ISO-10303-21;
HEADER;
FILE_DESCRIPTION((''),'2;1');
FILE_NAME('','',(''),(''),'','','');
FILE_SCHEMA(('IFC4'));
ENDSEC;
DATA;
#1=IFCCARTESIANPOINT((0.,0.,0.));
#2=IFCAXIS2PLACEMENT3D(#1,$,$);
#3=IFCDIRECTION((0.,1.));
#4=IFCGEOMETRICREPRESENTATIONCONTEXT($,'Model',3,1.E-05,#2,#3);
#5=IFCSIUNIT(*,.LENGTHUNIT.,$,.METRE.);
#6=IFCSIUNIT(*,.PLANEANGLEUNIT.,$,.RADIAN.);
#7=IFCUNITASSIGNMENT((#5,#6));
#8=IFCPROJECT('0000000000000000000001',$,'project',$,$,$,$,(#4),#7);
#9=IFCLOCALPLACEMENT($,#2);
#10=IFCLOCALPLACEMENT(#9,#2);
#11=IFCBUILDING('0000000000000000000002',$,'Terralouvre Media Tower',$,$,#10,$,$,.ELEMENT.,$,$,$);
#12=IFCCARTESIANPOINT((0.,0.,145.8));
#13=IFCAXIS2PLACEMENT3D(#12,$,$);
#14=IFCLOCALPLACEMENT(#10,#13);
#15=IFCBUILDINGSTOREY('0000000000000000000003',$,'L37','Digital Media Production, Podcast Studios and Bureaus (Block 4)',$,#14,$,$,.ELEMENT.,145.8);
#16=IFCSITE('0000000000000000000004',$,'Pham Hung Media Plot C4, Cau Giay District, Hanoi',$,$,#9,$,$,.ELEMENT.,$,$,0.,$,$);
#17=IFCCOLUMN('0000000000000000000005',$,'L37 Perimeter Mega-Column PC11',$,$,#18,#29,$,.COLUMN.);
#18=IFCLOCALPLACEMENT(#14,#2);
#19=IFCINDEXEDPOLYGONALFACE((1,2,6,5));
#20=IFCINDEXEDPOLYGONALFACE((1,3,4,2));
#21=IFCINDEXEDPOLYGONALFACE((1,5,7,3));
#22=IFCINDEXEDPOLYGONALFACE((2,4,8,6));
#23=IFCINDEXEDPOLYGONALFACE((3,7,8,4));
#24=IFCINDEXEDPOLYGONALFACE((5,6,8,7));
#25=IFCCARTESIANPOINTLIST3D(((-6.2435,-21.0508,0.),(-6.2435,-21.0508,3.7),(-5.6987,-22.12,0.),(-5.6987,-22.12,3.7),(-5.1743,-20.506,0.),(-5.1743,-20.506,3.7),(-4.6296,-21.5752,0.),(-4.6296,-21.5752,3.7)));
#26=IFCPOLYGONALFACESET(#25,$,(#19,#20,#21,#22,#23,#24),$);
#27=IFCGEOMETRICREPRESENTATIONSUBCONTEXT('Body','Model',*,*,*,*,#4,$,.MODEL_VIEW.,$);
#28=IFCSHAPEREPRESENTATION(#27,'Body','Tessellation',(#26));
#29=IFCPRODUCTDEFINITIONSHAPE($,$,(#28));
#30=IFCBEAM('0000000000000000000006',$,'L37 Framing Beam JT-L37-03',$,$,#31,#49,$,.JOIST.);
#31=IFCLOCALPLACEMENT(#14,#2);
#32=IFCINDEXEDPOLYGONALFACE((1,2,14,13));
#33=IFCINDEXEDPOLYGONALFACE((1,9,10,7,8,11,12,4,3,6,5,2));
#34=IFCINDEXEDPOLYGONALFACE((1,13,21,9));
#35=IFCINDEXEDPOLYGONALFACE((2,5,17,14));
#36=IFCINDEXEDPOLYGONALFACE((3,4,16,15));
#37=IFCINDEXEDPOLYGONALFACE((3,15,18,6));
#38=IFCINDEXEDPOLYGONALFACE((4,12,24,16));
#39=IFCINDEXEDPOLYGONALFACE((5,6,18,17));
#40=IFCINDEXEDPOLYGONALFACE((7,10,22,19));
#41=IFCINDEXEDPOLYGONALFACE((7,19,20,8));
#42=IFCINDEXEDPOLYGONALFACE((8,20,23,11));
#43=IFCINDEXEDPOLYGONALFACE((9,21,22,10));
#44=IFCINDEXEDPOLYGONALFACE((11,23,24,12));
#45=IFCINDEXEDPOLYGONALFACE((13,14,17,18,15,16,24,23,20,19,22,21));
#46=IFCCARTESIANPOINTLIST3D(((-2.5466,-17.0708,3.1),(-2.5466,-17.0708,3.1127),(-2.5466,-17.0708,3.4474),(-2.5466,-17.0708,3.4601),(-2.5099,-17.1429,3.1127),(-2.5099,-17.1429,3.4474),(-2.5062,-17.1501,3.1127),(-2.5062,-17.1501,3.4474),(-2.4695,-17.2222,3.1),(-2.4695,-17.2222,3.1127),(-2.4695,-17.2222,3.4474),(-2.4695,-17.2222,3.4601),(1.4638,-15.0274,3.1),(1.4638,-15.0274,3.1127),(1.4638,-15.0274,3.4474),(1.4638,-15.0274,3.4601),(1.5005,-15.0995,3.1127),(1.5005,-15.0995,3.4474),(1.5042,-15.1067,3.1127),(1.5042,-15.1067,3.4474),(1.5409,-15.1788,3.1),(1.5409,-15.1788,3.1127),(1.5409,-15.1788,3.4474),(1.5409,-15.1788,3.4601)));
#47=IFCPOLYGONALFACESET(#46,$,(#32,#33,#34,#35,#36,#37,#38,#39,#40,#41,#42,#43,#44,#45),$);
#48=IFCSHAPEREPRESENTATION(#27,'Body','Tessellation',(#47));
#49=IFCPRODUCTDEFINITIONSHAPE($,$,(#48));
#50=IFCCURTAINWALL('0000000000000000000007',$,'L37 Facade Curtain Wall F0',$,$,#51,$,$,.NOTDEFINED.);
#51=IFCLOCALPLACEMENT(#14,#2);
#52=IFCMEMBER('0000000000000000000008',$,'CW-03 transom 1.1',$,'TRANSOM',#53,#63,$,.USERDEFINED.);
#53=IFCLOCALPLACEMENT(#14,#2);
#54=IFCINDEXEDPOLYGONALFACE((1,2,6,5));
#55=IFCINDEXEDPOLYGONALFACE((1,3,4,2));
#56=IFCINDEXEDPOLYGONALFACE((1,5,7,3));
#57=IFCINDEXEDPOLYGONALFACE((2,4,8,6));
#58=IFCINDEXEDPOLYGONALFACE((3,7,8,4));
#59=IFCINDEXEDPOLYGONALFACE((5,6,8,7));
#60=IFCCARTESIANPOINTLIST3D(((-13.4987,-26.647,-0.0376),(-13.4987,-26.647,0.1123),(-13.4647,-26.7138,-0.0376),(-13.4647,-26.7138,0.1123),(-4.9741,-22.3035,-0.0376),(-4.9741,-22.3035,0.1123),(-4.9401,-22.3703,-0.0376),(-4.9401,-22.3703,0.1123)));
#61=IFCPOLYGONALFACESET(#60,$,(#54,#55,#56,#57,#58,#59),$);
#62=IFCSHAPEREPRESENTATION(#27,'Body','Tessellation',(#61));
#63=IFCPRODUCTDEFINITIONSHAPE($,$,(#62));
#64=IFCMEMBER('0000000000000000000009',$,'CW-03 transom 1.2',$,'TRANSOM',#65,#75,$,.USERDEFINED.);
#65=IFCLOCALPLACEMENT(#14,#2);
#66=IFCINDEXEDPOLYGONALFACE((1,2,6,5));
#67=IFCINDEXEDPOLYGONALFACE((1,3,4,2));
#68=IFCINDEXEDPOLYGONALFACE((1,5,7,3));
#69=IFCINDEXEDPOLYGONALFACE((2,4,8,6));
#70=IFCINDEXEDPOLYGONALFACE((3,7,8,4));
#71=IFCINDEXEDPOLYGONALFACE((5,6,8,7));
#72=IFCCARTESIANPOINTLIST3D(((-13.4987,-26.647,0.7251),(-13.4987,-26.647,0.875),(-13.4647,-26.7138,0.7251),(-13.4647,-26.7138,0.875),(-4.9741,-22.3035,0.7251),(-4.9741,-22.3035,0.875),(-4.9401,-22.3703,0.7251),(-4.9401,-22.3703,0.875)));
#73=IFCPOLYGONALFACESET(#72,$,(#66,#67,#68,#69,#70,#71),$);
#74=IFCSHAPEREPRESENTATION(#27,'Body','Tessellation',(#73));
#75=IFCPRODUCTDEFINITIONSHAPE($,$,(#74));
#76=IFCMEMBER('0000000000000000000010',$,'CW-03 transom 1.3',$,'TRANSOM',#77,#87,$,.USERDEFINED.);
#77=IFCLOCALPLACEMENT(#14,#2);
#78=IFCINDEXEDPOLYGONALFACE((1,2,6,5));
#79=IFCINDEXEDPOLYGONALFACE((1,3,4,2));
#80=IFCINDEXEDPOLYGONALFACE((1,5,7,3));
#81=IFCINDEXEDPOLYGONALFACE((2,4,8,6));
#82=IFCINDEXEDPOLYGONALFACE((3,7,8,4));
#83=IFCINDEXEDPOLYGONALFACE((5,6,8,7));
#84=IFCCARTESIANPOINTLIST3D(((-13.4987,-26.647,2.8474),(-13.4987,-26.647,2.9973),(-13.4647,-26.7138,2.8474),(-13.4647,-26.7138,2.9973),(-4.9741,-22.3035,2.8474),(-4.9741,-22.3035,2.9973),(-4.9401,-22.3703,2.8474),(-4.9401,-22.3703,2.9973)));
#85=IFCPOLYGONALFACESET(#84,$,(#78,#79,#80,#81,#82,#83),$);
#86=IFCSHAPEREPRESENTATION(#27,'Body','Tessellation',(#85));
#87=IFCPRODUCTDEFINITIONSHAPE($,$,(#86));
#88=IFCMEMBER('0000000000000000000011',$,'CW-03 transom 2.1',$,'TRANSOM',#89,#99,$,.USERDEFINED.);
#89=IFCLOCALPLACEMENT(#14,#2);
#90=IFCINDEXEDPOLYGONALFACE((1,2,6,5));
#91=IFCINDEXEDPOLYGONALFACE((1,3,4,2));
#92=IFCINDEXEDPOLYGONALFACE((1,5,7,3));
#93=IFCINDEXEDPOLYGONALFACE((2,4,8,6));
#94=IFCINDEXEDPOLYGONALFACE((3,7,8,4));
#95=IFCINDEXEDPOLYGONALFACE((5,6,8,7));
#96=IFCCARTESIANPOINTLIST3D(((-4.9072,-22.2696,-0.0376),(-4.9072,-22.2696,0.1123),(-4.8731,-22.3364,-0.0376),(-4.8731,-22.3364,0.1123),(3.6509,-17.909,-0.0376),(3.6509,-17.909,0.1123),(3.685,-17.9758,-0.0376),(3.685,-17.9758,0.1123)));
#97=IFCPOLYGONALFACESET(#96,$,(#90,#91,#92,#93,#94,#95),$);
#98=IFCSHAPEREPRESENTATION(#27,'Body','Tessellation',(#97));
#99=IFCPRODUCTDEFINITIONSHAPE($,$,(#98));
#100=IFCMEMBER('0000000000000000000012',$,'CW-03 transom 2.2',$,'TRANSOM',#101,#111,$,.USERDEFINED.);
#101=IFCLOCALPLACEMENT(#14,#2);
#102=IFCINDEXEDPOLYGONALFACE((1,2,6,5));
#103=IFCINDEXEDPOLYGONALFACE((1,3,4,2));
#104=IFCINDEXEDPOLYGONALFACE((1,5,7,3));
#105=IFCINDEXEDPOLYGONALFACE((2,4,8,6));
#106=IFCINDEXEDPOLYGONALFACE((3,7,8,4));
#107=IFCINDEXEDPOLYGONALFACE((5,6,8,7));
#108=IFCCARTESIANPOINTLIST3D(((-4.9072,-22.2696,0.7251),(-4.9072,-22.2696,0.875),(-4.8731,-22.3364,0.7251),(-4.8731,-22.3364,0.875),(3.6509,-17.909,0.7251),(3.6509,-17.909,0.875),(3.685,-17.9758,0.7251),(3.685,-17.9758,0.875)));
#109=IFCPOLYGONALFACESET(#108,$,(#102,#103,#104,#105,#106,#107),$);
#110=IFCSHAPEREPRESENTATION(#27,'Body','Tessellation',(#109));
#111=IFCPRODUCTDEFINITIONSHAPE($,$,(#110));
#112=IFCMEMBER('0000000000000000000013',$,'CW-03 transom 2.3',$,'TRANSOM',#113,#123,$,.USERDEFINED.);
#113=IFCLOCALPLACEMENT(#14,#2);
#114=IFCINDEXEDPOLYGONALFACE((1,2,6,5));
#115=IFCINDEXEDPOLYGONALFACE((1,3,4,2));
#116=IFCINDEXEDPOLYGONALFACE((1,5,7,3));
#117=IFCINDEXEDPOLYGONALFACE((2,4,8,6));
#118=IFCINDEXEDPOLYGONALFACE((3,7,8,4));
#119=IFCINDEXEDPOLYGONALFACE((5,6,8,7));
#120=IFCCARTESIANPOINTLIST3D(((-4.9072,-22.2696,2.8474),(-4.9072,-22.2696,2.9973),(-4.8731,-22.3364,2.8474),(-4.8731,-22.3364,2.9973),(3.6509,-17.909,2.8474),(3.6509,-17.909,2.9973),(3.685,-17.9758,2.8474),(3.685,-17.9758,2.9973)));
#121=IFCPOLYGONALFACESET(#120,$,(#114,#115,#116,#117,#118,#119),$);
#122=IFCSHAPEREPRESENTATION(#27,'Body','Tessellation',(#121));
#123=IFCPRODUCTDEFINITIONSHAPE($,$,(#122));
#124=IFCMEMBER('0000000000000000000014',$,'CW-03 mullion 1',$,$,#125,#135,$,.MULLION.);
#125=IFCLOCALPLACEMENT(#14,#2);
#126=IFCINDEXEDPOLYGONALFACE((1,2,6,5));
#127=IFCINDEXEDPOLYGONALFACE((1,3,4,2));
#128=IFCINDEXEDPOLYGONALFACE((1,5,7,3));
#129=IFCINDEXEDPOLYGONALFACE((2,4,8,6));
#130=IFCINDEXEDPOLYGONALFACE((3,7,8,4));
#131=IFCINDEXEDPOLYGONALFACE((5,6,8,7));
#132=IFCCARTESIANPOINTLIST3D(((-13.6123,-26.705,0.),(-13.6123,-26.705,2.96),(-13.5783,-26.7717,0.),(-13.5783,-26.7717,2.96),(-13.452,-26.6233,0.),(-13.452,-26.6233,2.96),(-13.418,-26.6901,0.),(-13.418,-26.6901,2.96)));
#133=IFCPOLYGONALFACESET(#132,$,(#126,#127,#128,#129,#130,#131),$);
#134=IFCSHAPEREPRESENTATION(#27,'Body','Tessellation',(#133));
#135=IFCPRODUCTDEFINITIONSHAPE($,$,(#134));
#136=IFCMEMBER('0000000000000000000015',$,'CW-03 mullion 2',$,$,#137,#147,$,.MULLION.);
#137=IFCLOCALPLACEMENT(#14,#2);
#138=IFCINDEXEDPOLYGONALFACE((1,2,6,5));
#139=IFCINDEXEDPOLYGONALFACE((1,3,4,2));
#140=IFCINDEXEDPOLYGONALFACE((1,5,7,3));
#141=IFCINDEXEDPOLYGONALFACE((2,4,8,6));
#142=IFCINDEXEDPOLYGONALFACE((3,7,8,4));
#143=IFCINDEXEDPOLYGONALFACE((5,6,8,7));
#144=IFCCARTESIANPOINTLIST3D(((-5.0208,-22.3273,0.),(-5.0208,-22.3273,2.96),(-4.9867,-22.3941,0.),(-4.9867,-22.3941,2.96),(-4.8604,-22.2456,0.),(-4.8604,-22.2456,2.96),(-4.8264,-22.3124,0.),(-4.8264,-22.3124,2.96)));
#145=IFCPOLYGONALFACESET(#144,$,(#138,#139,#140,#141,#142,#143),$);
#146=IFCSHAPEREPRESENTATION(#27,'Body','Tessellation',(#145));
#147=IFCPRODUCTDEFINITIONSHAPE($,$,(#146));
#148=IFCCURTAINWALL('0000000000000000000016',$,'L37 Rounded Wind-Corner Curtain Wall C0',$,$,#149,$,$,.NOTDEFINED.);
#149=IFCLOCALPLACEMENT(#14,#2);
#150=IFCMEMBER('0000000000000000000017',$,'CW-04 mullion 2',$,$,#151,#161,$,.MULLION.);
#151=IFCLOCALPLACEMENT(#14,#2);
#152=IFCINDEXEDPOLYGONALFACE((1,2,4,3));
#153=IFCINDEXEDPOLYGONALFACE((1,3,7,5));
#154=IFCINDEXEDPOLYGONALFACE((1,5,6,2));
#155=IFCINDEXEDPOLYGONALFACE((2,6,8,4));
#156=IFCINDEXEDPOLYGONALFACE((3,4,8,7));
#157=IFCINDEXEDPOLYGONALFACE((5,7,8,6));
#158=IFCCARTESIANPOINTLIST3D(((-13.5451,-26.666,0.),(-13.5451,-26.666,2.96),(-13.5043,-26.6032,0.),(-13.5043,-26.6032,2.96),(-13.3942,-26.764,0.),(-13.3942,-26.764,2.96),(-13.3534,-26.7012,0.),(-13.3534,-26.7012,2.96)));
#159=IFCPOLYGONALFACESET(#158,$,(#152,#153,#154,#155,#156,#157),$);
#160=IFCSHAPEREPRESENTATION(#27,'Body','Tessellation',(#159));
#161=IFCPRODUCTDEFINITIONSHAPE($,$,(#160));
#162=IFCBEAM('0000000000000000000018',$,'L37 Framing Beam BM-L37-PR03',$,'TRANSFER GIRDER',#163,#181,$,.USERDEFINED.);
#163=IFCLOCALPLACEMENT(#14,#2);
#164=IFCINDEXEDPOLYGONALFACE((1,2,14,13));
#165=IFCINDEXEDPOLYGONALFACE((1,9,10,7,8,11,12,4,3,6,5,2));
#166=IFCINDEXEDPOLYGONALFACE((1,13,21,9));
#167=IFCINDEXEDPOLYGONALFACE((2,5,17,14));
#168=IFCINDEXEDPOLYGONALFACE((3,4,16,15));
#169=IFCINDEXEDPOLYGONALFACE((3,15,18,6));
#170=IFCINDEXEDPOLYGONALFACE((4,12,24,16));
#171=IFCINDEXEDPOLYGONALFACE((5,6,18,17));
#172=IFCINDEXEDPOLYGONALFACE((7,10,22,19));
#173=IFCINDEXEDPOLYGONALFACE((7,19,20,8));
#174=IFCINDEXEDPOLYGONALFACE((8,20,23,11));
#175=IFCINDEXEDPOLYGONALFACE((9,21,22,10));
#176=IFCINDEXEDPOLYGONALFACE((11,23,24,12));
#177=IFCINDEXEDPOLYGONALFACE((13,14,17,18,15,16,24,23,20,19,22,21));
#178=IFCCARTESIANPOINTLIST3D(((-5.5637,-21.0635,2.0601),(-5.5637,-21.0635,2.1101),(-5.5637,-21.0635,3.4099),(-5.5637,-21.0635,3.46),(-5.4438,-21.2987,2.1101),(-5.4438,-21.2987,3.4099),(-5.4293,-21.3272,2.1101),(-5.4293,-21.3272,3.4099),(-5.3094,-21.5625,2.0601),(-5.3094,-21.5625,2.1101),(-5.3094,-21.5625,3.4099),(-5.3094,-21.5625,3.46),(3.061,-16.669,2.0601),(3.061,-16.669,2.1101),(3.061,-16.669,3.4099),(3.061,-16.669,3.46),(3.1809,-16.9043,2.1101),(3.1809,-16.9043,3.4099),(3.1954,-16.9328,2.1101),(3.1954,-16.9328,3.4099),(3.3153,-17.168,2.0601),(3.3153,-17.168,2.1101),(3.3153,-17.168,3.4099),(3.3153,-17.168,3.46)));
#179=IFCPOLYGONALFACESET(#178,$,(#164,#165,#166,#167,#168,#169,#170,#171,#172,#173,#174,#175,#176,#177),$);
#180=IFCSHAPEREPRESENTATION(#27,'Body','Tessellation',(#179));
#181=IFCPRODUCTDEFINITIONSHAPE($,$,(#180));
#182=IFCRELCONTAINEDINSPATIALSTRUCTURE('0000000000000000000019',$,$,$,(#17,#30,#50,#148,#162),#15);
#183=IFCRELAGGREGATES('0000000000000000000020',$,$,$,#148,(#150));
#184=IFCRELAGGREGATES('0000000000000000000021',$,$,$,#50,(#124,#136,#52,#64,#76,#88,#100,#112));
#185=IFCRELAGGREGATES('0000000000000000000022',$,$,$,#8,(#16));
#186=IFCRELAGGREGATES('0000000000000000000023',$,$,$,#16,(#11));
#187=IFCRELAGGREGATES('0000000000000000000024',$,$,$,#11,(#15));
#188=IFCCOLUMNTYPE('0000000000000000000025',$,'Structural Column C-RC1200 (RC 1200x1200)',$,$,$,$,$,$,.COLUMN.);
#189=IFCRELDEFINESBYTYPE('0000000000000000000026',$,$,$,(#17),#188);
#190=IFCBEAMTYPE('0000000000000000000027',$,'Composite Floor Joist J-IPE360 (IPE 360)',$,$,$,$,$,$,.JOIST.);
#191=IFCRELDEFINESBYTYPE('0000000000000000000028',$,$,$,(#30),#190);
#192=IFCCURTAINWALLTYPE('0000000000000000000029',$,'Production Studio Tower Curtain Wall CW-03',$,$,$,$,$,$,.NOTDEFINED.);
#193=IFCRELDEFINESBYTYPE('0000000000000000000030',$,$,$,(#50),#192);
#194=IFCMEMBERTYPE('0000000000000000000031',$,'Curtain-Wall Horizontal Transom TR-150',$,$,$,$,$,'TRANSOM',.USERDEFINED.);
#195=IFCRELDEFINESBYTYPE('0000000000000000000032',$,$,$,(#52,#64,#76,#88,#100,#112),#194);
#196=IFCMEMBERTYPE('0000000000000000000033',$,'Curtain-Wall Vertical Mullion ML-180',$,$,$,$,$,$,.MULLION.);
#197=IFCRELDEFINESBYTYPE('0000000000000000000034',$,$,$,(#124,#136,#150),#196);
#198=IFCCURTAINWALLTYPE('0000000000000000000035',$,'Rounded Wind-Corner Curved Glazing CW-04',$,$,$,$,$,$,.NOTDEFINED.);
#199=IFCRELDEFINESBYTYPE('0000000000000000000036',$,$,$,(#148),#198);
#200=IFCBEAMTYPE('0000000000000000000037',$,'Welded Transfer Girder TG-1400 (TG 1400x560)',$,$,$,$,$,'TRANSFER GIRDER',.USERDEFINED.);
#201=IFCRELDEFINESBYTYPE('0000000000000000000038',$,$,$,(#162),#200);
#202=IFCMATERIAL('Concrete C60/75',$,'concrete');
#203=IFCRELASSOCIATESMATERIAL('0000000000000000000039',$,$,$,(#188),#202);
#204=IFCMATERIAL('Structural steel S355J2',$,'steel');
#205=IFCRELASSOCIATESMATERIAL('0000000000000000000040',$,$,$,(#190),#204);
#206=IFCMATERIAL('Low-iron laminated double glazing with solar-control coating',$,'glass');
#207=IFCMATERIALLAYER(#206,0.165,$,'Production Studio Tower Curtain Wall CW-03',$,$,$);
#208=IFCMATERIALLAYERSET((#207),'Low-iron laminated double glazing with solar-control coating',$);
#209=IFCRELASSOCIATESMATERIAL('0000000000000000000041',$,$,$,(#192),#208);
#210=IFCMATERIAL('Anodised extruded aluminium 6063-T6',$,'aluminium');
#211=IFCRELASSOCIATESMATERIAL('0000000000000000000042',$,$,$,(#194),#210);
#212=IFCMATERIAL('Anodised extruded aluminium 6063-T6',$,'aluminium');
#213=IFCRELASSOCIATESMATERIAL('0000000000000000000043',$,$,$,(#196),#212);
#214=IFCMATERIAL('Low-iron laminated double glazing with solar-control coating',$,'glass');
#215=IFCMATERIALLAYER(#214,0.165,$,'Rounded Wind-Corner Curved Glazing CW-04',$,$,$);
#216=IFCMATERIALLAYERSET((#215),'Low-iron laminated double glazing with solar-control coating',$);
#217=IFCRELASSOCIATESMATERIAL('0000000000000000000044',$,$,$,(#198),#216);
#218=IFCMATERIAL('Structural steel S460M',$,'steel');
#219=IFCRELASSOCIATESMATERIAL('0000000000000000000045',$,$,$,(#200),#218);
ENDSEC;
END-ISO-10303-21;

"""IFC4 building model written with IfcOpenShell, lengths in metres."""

from ifc_helpers import new_model, si_unit, direction, frame, origin, origin_2d, place, context, subcontext, project, spatial, rectangle, i_section, extrude, material, layer, layer_set, material_profile, profile_set, type_object, element, aggregate, save


model = new_model("IFC4")

# Units and contexts
model_context = context("Model", 3, precision=1e-05, world=origin(), true_north=direction((0.0, 1.0)))
body_context = subcontext(model_context, "Body", "Model", "MODEL_VIEW")
ifc_project = project(units=[si_unit("LENGTHUNIT", "METRE"), si_unit("PLANEANGLEUNIT", "RADIAN")], contexts=[model_context])

# Site, building, storey
site_placement = place(None, origin())
site = spatial("IfcSite", under=ifc_project, at=site_placement, Name="Pham Hung Media Plot C4, Cau Giay District, Hanoi", CompositionType="ELEMENT", RefElevation=0.0)
building_placement = place(site_placement, origin())
building = spatial("IfcBuilding", under=site, at=building_placement, Name="Terralouvre Media Tower", CompositionType="ELEMENT")
storey_placement = place(building_placement, frame((0.0, 0.0, 145.8)))
storey = spatial("IfcBuildingStorey", under=building, at=storey_placement, Name="L37", Description="Digital Media Production, Podcast Studios and Bureaus (Block 4)", CompositionType="ELEMENT", Elevation=145.8)

# Column
ifc_material_1 = material(Name="Concrete C60/75", Category="concrete")
ifc_material_profile_1 = material_profile(ifc_material_1, rectangle(XDim=1.2, YDim=1.2, at=origin_2d()), Name="RC 1200x1200")
ifc_profile_set_1 = profile_set([ifc_material_profile_1], Name="Concrete C60/75")
column_type = type_object("IfcColumnType", Name="Structural Column C-RC1200 (RC 1200x1200)", PredefinedType="COLUMN", material=ifc_profile_set_1)
column_placement = place(storey_placement, frame((-5.4365, -21.313, 0.0), z_axis=(0.0, 0.0, 1.0), x_axis=(0.891007, 0.45399, 0.0)))
element("IfcColumn", 1, at=column_placement, inside=storey, type_object=column_type, Name="L37 Perimeter Mega-Column PC11", PredefinedType="COLUMN", context=body_context, shape_type="SweptSolid", body=[
    extrude(rectangle(XDim=1.2, YDim=1.2, at=origin_2d()), origin(), (0.0, 0.0, 1.0), 3.7),
])

# Beam
ifc_material_2 = material(Name="Structural steel S355J2", Category="steel")
ifc_material_profile_2 = material_profile(ifc_material_2, i_section(OverallWidth=0.1699, OverallDepth=0.3601, WebThickness=0.0081, FlangeThickness=0.0127, at=origin_2d()), Name="IPE 360")
ifc_profile_set_2 = profile_set([ifc_material_profile_2], Name="Structural steel S355J2")
beam_type_1 = type_object("IfcBeamType", Name="Composite Floor Joist J-IPE360 (IPE 360)", PredefinedType="JOIST", material=ifc_profile_set_2)
beam_1_placement = place(storey_placement, frame((-2.5081, -17.1465, 3.28), z_axis=(0.891006, 0.453992, 0.0), x_axis=(-0.453992, 0.891006, 0.0)))
element("IfcBeam", 2, at=beam_1_placement, inside=storey, type_object=beam_type_1, Name="L37 Framing Beam JT-L37-03", PredefinedType="JOIST", context=body_context, shape_type="SweptSolid", body=[
    extrude(i_section(OverallWidth=0.1699, OverallDepth=0.3601, WebThickness=0.0081, FlangeThickness=0.0127, at=origin_2d()), origin(), (0.0, 0.0, 1.0), 4.501),
])

# Curtain wall, members
ifc_material_3 = material(Name="Low-iron laminated double glazing with solar-control coating", Category="glass")
ifc_layer_1 = layer(ifc_material_3, 0.165, Name="Production Studio Tower Curtain Wall CW-03")
ifc_layer_set_1 = layer_set([ifc_layer_1], Name="Low-iron laminated double glazing with solar-control coating")
curtain_wall_type_1 = type_object("IfcCurtainWallType", Name="Production Studio Tower Curtain Wall CW-03", PredefinedType="NOTDEFINED", material=ifc_layer_set_1)
curtain_wall_1_placement = place(storey_placement, origin())
curtain_wall_1 = element("IfcCurtainWall", 3, at=curtain_wall_1_placement, inside=storey, type_object=curtain_wall_type_1, Name="L37 Facade Curtain Wall F0", PredefinedType="NOTDEFINED")
ifc_material_4 = material(Name="Anodised extruded aluminium 6063-T6", Category="aluminium")
ifc_material_profile_3 = material_profile(ifc_material_4, rectangle(XDim=0.075, YDim=0.1499, at=origin_2d()), Name="ALU 75x150")
ifc_profile_set_3 = profile_set([ifc_material_profile_3], Name="Anodised extruded aluminium 6063-T6")
member_type_1 = type_object("IfcMemberType", Name="Curtain-Wall Horizontal Transom TR-150", ElementType="TRANSOM", PredefinedType="USERDEFINED", material=ifc_profile_set_3)
member_1_placement = place(storey_placement, frame((-13.4817, -26.6804, 0.0374), z_axis=(0.891008, 0.453988, 0.0), x_axis=(-0.453988, 0.891008, 0.0)))
member_1 = element("IfcMember", 4, at=member_1_placement, type_object=member_type_1, Name="CW-03 transom 1.1", ObjectType="TRANSOM", PredefinedType="USERDEFINED", context=body_context, shape_type="SweptSolid", body=[
    extrude(rectangle(XDim=0.075, YDim=0.1499, at=origin_2d()), origin(), (0.0, 0.0, 1.0), 9.5674),
])
member_2_placement = place(storey_placement, frame((-13.4817, -26.6804, 0.8), z_axis=(0.891008, 0.453988, 0.0), x_axis=(-0.453988, 0.891008, 0.0)))
member_2 = element("IfcMember", 5, at=member_2_placement, type_object=member_type_1, Name="CW-03 transom 1.2", ObjectType="TRANSOM", PredefinedType="USERDEFINED", context=body_context, shape_type="SweptSolid", body=[
    extrude(rectangle(XDim=0.075, YDim=0.1499, at=origin_2d()), origin(), (0.0, 0.0, 1.0), 9.5674),
])
member_3_placement = place(storey_placement, frame((-13.4817, -26.6804, 2.9224), z_axis=(0.891008, 0.453988, 0.0), x_axis=(-0.453988, 0.891008, 0.0)))
member_3 = element("IfcMember", 6, at=member_3_placement, type_object=member_type_1, Name="CW-03 transom 1.3", ObjectType="TRANSOM", PredefinedType="USERDEFINED", context=body_context, shape_type="SweptSolid", body=[
    extrude(rectangle(XDim=0.075, YDim=0.1499, at=origin_2d()), origin(), (0.0, 0.0, 1.0), 9.5674),
])
member_4_placement = place(storey_placement, frame((-4.8901, -22.303, 0.0374), z_axis=(0.891006, 0.453992, 0.0), x_axis=(-0.453992, 0.891006, 0.0)))
member_4 = element("IfcMember", 7, at=member_4_placement, type_object=member_type_1, Name="CW-03 transom 2.1", ObjectType="TRANSOM", PredefinedType="USERDEFINED", context=body_context, shape_type="SweptSolid", body=[
    extrude(rectangle(XDim=0.075, YDim=0.1499, at=origin_2d()), origin(), (0.0, 0.0, 1.0), 9.605),
])
member_5_placement = place(storey_placement, frame((-4.8901, -22.303, 0.8), z_axis=(0.891006, 0.453992, 0.0), x_axis=(-0.453992, 0.891006, 0.0)))
member_5 = element("IfcMember", 8, at=member_5_placement, type_object=member_type_1, Name="CW-03 transom 2.2", ObjectType="TRANSOM", PredefinedType="USERDEFINED", context=body_context, shape_type="SweptSolid", body=[
    extrude(rectangle(XDim=0.075, YDim=0.1499, at=origin_2d()), origin(), (0.0, 0.0, 1.0), 9.605),
])
member_6_placement = place(storey_placement, frame((-4.8901, -22.303, 2.9224), z_axis=(0.891006, 0.453992, 0.0), x_axis=(-0.453992, 0.891006, 0.0)))
member_6 = element("IfcMember", 9, at=member_6_placement, type_object=member_type_1, Name="CW-03 transom 2.3", ObjectType="TRANSOM", PredefinedType="USERDEFINED", context=body_context, shape_type="SweptSolid", body=[
    extrude(rectangle(XDim=0.075, YDim=0.1499, at=origin_2d()), origin(), (0.0, 0.0, 1.0), 9.605),
])
ifc_material_5 = material(Name="Anodised extruded aluminium 6063-T6", Category="aluminium")
ifc_material_profile_4 = material_profile(ifc_material_5, rectangle(XDim=0.075, YDim=0.1799, at=origin_2d()), Name="ALU 75x180")
ifc_profile_set_4 = profile_set([ifc_material_profile_4], Name="Anodised extruded aluminium 6063-T6")
member_type_2 = type_object("IfcMemberType", Name="Curtain-Wall Vertical Mullion ML-180", PredefinedType="MULLION", material=ifc_profile_set_4)
member_7_placement = place(storey_placement, frame((-13.5151, -26.6975, 0.0), z_axis=(0.0, 0.0, 1.0), x_axis=(-0.453991, 0.891007, 0.0)))
member_7 = element("IfcMember", 10, at=member_7_placement, type_object=member_type_2, Name="CW-03 mullion 1", PredefinedType="MULLION", context=body_context, shape_type="SweptSolid", body=[
    extrude(rectangle(XDim=0.075, YDim=0.1799, at=origin_2d()), origin(), (0.0, 0.0, 1.0), 2.96),
])
member_8_placement = place(storey_placement, frame((-4.9236, -22.3198, 0.0), z_axis=(0.0, 0.0, 1.0), x_axis=(-0.453991, 0.891007, 0.0)))
member_8 = element("IfcMember", 11, at=member_8_placement, type_object=member_type_2, Name="CW-03 mullion 2", PredefinedType="MULLION", context=body_context, shape_type="SweptSolid", body=[
    extrude(rectangle(XDim=0.075, YDim=0.1799, at=origin_2d()), origin(), (0.0, 0.0, 1.0), 2.96),
])

# Curtain wall, member
ifc_material_6 = material(Name="Low-iron laminated double glazing with solar-control coating", Category="glass")
ifc_layer_2 = layer(ifc_material_6, 0.165, Name="Rounded Wind-Corner Curved Glazing CW-04")
ifc_layer_set_2 = layer_set([ifc_layer_2], Name="Low-iron laminated double glazing with solar-control coating")
curtain_wall_type_2 = type_object("IfcCurtainWallType", Name="Rounded Wind-Corner Curved Glazing CW-04", PredefinedType="NOTDEFINED", material=ifc_layer_set_2)
curtain_wall_2_placement = place(storey_placement, origin())
curtain_wall_2 = element("IfcCurtainWall", 12, at=curtain_wall_2_placement, inside=storey, type_object=curtain_wall_type_2, Name="L37 Rounded Wind-Corner Curtain Wall C0", PredefinedType="NOTDEFINED")
member_9_placement = place(storey_placement, frame((-13.4492, -26.6836, 0.0), z_axis=(0.0, 0.0, 1.0), x_axis=(0.544639, 0.83867, 0.0)))
member_9 = element("IfcMember", 13, at=member_9_placement, type_object=member_type_2, Name="CW-04 mullion 2", PredefinedType="MULLION", context=body_context, shape_type="SweptSolid", body=[
    extrude(rectangle(XDim=0.075, YDim=0.1799, at=origin_2d()), origin(), (0.0, 0.0, 1.0), 2.96),
])
aggregate(curtain_wall_2, [member_9])

# Beam
ifc_material_7 = material(Name="Structural steel S460M", Category="steel")
ifc_material_profile_5 = material_profile(ifc_material_7, i_section(OverallWidth=0.5601, OverallDepth=1.3999, WebThickness=0.032, FlangeThickness=0.05, at=origin_2d()), Name="TG 1400x560")
ifc_profile_set_5 = profile_set([ifc_material_profile_5], Name="Structural steel S460M")
beam_type_2 = type_object("IfcBeamType", Name="Welded Transfer Girder TG-1400 (TG 1400x560)", ElementType="TRANSFER GIRDER", PredefinedType="USERDEFINED", material=ifc_profile_set_5)
beam_2_placement = place(storey_placement, frame((-5.4365, -21.313, 2.76), z_axis=(0.891007, 0.45399, 0.0), x_axis=(-0.45399, 0.891007, 0.0)))
element("IfcBeam", 14, at=beam_2_placement, inside=storey, type_object=beam_type_2, Name="L37 Framing Beam BM-L37-PR03", ObjectType="TRANSFER GIRDER", PredefinedType="USERDEFINED", context=body_context, shape_type="SweptSolid", body=[
    extrude(i_section(OverallWidth=0.5601, OverallDepth=1.3999, WebThickness=0.032, FlangeThickness=0.05, at=origin_2d()), origin(), (0.0, 0.0, 1.0), 9.6797),
])

aggregate(curtain_wall_1, [member_7, member_8, member_1, member_2, member_3, member_4, member_5, member_6])

save(model, "model.ifc")
